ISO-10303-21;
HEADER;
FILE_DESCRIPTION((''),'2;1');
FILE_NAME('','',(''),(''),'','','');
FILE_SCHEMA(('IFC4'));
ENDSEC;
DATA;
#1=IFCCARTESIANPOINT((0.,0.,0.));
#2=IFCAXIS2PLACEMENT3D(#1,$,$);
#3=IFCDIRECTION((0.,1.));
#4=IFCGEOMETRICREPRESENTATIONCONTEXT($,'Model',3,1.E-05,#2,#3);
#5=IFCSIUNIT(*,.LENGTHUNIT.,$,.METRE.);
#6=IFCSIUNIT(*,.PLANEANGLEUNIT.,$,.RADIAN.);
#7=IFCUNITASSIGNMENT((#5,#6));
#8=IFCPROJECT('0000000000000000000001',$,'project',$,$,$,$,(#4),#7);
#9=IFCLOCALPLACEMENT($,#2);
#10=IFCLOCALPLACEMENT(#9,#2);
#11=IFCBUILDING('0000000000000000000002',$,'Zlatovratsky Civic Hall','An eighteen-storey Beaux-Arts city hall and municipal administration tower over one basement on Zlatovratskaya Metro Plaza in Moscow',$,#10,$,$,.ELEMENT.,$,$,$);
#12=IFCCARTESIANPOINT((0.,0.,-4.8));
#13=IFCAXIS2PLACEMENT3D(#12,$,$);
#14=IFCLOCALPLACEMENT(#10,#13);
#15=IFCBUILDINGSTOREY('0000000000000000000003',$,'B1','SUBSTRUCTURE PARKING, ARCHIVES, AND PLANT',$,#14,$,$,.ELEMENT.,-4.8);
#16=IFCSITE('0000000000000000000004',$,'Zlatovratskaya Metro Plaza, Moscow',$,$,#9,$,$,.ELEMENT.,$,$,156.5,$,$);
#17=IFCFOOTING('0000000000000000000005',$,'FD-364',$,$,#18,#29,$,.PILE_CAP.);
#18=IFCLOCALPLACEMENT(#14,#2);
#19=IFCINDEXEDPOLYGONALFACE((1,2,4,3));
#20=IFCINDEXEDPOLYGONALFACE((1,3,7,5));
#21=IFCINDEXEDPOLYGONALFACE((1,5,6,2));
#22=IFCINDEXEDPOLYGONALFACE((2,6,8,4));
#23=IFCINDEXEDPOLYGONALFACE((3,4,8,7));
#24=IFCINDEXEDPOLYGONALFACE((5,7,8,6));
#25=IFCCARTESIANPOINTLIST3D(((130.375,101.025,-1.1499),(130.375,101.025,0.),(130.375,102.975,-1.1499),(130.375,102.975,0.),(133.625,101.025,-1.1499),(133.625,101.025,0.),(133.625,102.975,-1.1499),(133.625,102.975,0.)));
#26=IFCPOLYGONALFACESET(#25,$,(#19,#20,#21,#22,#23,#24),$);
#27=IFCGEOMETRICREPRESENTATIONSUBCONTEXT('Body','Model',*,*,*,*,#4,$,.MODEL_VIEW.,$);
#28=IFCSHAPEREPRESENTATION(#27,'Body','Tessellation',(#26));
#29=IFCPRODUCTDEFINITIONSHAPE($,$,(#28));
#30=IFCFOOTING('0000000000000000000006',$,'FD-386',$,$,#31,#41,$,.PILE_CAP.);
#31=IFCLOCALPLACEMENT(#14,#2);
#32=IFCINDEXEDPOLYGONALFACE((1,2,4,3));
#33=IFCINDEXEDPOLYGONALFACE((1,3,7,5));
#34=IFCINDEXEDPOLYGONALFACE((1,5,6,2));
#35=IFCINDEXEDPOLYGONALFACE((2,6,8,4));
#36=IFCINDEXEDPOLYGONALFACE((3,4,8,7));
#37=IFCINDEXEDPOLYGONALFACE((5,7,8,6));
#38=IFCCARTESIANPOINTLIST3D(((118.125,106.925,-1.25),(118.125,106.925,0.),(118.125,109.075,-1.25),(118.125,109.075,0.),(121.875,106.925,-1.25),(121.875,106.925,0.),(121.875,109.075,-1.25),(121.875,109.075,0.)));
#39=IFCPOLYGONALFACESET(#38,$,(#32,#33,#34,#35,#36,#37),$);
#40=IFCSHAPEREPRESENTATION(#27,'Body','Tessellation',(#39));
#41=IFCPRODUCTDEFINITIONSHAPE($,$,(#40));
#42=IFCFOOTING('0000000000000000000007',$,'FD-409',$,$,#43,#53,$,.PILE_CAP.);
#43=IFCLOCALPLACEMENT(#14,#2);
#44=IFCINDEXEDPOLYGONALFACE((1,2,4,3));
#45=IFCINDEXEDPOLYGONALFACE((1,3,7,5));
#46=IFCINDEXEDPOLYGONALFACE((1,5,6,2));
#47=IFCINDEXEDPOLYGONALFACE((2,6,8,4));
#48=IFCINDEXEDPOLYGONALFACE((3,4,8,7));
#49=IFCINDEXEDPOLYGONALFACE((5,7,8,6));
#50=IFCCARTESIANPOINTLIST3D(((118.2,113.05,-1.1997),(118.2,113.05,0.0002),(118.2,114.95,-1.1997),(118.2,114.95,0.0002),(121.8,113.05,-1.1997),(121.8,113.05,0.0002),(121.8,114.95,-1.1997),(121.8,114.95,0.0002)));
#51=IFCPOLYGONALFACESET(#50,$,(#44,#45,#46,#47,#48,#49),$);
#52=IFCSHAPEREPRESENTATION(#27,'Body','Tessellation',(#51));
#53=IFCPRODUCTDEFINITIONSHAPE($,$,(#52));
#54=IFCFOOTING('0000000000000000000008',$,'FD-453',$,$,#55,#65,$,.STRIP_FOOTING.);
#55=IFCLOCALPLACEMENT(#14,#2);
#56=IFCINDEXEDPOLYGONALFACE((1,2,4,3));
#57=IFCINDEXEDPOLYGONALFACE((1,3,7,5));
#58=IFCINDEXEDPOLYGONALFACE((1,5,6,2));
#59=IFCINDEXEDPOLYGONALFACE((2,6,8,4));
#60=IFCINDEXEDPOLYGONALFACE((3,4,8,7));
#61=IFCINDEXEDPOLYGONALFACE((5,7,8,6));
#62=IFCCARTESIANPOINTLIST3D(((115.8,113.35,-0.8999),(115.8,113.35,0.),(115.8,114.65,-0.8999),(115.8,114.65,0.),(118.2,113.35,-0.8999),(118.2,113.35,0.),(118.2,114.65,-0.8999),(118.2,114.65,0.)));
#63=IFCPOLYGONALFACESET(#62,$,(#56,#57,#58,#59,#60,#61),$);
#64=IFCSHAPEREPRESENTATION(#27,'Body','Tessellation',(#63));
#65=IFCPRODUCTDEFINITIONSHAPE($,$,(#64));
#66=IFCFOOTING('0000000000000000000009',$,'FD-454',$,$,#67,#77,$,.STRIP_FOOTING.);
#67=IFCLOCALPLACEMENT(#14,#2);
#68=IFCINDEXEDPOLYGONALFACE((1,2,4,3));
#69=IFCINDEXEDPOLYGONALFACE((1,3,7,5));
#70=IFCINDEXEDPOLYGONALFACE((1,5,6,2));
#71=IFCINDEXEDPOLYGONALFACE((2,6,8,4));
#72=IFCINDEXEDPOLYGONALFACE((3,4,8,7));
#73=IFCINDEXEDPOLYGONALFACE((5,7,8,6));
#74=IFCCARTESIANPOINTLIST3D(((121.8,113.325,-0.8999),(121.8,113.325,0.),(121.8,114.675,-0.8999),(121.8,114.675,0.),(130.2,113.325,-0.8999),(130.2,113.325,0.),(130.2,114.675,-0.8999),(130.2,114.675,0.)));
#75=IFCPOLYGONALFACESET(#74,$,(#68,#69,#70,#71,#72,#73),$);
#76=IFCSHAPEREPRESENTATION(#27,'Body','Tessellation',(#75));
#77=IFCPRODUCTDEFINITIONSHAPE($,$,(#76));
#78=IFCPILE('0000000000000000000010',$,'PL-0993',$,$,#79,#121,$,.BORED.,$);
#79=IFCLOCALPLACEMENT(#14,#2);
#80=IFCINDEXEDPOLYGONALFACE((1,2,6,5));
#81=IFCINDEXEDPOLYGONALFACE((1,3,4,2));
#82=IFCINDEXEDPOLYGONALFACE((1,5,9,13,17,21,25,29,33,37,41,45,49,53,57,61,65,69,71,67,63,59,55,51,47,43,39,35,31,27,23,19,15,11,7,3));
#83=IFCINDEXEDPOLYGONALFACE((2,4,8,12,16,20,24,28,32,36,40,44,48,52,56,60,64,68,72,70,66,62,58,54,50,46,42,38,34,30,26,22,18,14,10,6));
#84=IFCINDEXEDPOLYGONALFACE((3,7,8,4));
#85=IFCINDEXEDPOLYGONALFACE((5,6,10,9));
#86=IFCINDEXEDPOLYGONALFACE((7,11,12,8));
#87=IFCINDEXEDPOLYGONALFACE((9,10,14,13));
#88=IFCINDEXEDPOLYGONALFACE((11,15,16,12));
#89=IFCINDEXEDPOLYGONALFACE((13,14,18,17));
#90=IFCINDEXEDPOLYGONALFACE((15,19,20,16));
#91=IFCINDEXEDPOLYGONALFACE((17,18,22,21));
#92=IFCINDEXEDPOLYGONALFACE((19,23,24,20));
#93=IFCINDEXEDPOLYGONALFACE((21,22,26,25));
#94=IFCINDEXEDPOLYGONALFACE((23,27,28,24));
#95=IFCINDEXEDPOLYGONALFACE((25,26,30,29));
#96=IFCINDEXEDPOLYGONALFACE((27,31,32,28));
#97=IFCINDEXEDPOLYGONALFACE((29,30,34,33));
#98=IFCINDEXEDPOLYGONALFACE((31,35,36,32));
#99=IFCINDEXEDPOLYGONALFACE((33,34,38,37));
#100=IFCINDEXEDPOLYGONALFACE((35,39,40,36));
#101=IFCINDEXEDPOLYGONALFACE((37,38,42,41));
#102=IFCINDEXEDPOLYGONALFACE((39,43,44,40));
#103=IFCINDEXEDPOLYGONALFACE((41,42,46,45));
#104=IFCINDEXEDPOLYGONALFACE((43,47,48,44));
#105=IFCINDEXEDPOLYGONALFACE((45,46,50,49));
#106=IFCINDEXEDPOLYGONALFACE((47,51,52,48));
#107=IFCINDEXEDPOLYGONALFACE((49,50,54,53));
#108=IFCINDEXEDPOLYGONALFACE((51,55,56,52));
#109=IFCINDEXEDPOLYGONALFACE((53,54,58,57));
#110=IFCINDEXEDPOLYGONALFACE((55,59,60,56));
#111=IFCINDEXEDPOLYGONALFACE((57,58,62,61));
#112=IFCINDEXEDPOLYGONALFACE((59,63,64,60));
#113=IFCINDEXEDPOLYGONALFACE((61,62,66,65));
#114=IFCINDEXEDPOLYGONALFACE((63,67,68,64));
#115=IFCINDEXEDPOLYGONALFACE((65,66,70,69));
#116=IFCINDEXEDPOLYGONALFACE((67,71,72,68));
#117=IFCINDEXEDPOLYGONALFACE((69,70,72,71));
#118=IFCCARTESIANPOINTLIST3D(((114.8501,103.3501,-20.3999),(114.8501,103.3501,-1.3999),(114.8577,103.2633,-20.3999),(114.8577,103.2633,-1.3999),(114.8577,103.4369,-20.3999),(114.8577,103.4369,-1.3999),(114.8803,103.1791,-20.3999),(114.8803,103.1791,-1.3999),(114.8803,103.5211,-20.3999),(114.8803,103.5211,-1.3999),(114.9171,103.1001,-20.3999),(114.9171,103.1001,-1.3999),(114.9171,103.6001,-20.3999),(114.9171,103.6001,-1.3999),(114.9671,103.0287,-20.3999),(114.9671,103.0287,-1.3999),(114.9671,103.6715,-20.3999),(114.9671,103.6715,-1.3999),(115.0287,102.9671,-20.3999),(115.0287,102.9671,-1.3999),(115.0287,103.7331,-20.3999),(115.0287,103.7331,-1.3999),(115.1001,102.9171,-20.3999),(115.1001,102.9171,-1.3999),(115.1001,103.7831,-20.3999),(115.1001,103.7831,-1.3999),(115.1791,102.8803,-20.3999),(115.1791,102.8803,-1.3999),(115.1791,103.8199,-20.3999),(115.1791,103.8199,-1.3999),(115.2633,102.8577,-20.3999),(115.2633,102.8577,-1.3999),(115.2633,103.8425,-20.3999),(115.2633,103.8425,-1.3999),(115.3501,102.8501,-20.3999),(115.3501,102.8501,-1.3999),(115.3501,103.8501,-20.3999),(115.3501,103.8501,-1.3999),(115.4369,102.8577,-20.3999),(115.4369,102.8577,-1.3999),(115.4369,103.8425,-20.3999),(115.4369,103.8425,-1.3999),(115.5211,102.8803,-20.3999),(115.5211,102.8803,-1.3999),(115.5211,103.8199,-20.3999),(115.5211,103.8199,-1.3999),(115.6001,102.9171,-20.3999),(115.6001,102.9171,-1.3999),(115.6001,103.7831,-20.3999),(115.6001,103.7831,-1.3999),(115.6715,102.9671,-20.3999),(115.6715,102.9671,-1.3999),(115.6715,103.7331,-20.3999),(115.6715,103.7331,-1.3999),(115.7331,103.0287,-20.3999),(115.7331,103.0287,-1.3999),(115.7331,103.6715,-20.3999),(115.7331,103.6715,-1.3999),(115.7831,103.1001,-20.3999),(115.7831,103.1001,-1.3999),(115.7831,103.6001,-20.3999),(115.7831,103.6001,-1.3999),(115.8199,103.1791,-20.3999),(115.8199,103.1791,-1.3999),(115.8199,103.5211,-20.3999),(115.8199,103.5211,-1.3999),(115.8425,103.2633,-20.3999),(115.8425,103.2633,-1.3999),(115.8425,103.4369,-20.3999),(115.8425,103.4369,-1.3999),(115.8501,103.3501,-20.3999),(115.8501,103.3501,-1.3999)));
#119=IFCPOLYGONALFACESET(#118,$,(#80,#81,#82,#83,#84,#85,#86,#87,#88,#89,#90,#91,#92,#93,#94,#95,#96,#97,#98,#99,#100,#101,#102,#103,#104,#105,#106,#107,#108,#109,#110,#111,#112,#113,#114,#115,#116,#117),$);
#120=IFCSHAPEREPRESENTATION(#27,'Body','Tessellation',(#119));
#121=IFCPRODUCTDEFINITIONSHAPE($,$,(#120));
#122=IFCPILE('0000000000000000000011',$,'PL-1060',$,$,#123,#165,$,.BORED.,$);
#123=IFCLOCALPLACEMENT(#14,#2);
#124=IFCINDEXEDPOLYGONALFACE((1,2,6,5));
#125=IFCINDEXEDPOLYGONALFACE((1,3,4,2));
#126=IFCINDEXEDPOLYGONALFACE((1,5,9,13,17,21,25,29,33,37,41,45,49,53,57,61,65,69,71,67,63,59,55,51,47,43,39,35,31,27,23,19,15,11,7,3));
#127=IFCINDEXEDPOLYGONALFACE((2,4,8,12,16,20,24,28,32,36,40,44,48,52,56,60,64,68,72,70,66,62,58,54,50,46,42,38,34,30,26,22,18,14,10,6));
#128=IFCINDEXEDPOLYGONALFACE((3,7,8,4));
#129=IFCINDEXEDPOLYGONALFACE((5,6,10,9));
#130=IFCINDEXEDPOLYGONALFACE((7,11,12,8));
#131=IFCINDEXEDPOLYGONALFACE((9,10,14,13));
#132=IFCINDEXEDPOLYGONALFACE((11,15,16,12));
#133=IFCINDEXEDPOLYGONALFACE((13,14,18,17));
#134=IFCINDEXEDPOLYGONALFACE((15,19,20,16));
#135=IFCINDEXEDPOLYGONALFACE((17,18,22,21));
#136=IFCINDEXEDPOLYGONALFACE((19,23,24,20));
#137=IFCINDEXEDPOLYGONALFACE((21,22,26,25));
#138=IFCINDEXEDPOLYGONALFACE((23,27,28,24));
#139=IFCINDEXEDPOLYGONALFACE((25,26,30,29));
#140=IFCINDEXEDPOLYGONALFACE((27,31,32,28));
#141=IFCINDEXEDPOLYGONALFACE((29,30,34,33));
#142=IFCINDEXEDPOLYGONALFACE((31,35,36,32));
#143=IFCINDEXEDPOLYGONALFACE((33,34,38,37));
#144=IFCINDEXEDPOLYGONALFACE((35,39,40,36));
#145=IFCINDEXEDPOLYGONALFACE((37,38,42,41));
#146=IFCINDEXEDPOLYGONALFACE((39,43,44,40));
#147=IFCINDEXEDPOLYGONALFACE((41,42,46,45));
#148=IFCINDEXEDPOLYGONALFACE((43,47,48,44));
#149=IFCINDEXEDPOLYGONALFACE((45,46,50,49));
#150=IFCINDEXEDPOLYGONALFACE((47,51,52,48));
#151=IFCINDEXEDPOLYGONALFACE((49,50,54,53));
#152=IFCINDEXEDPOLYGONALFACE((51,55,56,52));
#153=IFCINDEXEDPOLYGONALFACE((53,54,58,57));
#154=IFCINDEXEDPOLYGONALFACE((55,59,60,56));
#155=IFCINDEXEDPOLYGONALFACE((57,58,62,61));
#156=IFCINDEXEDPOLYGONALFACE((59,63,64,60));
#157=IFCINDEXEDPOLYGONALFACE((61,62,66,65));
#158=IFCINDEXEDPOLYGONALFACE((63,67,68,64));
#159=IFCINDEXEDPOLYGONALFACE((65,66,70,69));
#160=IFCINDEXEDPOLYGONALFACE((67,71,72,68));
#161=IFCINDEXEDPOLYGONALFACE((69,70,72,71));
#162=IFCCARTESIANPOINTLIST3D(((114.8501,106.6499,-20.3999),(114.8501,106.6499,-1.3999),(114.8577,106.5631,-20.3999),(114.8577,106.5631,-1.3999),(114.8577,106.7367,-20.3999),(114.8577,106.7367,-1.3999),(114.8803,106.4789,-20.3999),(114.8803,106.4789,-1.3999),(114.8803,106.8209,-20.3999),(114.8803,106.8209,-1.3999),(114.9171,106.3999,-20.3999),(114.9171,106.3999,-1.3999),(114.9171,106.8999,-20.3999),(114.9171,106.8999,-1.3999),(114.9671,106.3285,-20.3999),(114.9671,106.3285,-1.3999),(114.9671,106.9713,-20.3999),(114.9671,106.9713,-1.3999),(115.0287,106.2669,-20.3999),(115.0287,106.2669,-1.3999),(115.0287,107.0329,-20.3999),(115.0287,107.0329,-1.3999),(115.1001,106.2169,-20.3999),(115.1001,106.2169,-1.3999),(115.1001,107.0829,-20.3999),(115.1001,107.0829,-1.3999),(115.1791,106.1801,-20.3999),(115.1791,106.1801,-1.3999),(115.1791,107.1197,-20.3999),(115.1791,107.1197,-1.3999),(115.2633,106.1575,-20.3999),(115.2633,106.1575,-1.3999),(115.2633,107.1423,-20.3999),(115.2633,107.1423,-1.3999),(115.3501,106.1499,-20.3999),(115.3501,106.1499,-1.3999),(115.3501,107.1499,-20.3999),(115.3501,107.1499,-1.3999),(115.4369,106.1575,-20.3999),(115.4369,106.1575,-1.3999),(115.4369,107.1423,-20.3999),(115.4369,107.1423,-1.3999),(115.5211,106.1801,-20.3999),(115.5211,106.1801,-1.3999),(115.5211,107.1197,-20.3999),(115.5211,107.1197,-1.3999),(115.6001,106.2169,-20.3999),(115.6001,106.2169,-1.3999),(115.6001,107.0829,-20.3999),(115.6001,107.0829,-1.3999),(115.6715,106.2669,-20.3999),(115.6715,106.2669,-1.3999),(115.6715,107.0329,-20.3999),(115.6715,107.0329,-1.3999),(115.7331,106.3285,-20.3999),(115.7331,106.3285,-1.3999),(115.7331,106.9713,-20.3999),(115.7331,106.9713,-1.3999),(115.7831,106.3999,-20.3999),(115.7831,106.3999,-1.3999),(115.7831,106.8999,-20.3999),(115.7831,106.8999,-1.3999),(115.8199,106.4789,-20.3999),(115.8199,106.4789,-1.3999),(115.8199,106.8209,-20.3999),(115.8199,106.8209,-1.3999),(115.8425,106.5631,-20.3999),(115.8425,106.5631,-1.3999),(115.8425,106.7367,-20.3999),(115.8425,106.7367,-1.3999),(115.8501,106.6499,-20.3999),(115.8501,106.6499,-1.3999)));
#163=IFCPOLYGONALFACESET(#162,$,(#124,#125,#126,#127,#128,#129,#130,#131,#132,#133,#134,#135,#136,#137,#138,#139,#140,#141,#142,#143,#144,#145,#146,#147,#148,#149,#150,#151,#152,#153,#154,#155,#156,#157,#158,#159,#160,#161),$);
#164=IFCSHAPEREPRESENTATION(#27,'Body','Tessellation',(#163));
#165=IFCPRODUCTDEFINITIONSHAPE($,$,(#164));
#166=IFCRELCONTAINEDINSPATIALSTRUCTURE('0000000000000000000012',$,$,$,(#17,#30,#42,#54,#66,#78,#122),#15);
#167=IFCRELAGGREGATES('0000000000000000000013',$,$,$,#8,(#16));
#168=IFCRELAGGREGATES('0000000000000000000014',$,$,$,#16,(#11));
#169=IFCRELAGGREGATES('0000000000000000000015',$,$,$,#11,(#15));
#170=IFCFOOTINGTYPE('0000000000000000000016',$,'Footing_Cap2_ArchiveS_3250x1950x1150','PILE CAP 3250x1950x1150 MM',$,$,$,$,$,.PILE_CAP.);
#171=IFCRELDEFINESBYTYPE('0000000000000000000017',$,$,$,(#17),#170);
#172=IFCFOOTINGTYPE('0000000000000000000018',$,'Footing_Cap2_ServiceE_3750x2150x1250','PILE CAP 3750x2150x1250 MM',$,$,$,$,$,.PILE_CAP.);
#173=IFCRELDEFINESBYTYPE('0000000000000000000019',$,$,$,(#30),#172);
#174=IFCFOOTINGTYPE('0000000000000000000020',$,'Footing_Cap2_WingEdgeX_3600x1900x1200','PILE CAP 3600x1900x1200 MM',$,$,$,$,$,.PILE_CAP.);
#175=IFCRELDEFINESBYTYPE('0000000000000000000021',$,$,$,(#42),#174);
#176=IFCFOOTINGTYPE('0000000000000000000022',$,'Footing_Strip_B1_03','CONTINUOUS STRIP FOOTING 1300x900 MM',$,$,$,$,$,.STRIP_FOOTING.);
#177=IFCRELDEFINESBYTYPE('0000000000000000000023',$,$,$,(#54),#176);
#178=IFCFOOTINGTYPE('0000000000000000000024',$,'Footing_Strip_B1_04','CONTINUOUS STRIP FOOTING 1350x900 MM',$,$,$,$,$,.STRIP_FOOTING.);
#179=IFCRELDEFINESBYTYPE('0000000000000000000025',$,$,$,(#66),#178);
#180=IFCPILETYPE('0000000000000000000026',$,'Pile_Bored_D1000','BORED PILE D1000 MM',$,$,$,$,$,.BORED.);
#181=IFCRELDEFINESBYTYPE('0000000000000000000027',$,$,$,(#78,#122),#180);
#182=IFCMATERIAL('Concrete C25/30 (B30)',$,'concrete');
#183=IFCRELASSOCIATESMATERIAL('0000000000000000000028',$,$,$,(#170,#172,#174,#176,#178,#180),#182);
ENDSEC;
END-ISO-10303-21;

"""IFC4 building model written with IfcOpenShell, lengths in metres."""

from ifc_helpers import new_model, si_unit, direction, frame, origin, origin_2d, place, context, subcontext, project, spatial, rectangle, circle, extrude, material, material_profile, profile_set, type_object, element, save


model = new_model("IFC4")

# Units and contexts
model_context = context("Model", 3, precision=1e-05, world=origin(), true_north=direction((0.0, 1.0)))
body_context = subcontext(model_context, "Body", "Model", "MODEL_VIEW")
ifc_project = project(units=[si_unit("LENGTHUNIT", "METRE"), si_unit("PLANEANGLEUNIT", "RADIAN")], contexts=[model_context])

# Site, building, storey
site_placement = place(None, origin())
site = spatial("IfcSite", under=ifc_project, at=site_placement, Name="Zlatovratskaya Metro Plaza, Moscow", CompositionType="ELEMENT", RefElevation=156.5)
building_placement = place(site_placement, origin())
building = spatial("IfcBuilding", under=site, at=building_placement, Name="Zlatovratsky Civic Hall", Description="An eighteen-storey Beaux-Arts city hall and municipal administration tower over one basement on Zlatovratskaya Metro Plaza in Moscow", CompositionType="ELEMENT")
storey_placement = place(building_placement, frame((0.0, 0.0, -4.8)))
storey = spatial("IfcBuildingStorey", under=building, at=storey_placement, Name="B1", Description="SUBSTRUCTURE PARKING, ARCHIVES, AND PLANT", CompositionType="ELEMENT", Elevation=-4.8)

# Footings
ifc_material_1 = material(Name="Concrete C25/30 (B30)", Category="concrete")
footing_type_1 = type_object("IfcFootingType", Name="Footing_Cap2_ArchiveS_3250x1950x1150", Description="PILE CAP 3250x1950x1150 MM", PredefinedType="PILE_CAP", material=ifc_material_1)
footing_1_placement = place(storey_placement, frame((132.0, 102.0, -1.1499), z_axis=(0.0, 0.0, 1.0), x_axis=(1.0, 0.0, 0.0)))
element("IfcFooting", 1, at=footing_1_placement, inside=storey, type_object=footing_type_1, Name="FD-364", PredefinedType="PILE_CAP", context=body_context, shape_type="SweptSolid", body=[
    extrude(rectangle(XDim=3.25, YDim=1.95, at=origin_2d()), origin(), (0.0, 0.0, 1.0), 1.1499),
])
footing_type_2 = type_object("IfcFootingType", Name="Footing_Cap2_ServiceE_3750x2150x1250", Description="PILE CAP 3750x2150x1250 MM", PredefinedType="PILE_CAP", material=ifc_material_1)
footing_2_placement = place(storey_placement, frame((120.0, 108.0, -1.25), z_axis=(0.0, 0.0, 1.0), x_axis=(1.0, 0.0, 0.0)))
element("IfcFooting", 2, at=footing_2_placement, inside=storey, type_object=footing_type_2, Name="FD-386", PredefinedType="PILE_CAP", context=body_context, shape_type="SweptSolid", body=[
    extrude(rectangle(XDim=3.75, YDim=2.1499, at=origin_2d()), origin(), (0.0, 0.0, 1.0), 1.25),
])
footing_type_3 = type_object("IfcFootingType", Name="Footing_Cap2_WingEdgeX_3600x1900x1200", Description="PILE CAP 3600x1900x1200 MM", PredefinedType="PILE_CAP", material=ifc_material_1)
footing_3_placement = place(storey_placement, frame((120.0, 114.0, -1.1997), z_axis=(0.0, 0.0, 1.0), x_axis=(1.0, 0.0, 0.0)))
element("IfcFooting", 3, at=footing_3_placement, inside=storey, type_object=footing_type_3, Name="FD-409", PredefinedType="PILE_CAP", context=body_context, shape_type="SweptSolid", body=[
    extrude(rectangle(XDim=3.6001, YDim=1.8999, at=origin_2d()), origin(), (0.0, 0.0, 1.0), 1.2),
])
footing_type_4 = type_object("IfcFootingType", Name="Footing_Strip_B1_03", Description="CONTINUOUS STRIP FOOTING 1300x900 MM", PredefinedType="STRIP_FOOTING", material=ifc_material_1)
footing_4_placement = place(storey_placement, frame((117.0, 114.0, -0.8999), z_axis=(0.0, 0.0, 1.0), x_axis=(1.0, 0.0, 0.0)))
element("IfcFooting", 4, at=footing_4_placement, inside=storey, type_object=footing_type_4, Name="FD-453", PredefinedType="STRIP_FOOTING", context=body_context, shape_type="SweptSolid", body=[
    extrude(rectangle(XDim=2.3999, YDim=1.3, at=origin_2d()), origin(), (0.0, 0.0, 1.0), 0.8999),
])
footing_type_5 = type_object("IfcFootingType", Name="Footing_Strip_B1_04", Description="CONTINUOUS STRIP FOOTING 1350x900 MM", PredefinedType="STRIP_FOOTING", material=ifc_material_1)
footing_5_placement = place(storey_placement, frame((126.0, 114.0, -0.8999), z_axis=(0.0, 0.0, 1.0), x_axis=(1.0, 0.0, 0.0)))
element("IfcFooting", 5, at=footing_5_placement, inside=storey, type_object=footing_type_5, Name="FD-454", PredefinedType="STRIP_FOOTING", context=body_context, shape_type="SweptSolid", body=[
    extrude(rectangle(XDim=8.3999, YDim=1.3501, at=origin_2d()), origin(), (0.0, 0.0, 1.0), 0.8999),
])

# Piles
ifc_material_profile_1 = material_profile(ifc_material_1, circle(Radius=0.5, at=origin_2d()), Name="PILE D1000")
ifc_profile_set_1 = profile_set([ifc_material_profile_1], Name="Concrete C25/30 (B30)")
pile_type_1 = type_object("IfcPileType", Name="Pile_Bored_D1000", Description="BORED PILE D1000 MM", PredefinedType="BORED", material=ifc_profile_set_1)
for number, where, z_axis, x_axis, name in (
    (6, (115.3501, 103.3501, -1.3999), (0.0, 0.0, -1.0), (1.0, 0.0, 0.0), "PL-0993"),
    (7, (115.3501, 106.6499, -1.3999), (0.0, 0.0, -1.0), (1.0, 0.0, 0.0), "PL-1060"),
):
    element("IfcPile", number, at=place(storey_placement, frame(where, z_axis=z_axis, x_axis=x_axis)), inside=storey, type_object=pile_type_1, Name=name, PredefinedType="BORED", context=body_context, shape_type="SweptSolid", body=[
        extrude(circle(Radius=0.5, at=origin_2d()), origin(), (0.0, 0.0, 1.0), 19.0),
    ])

save(model, "model.ifc")
